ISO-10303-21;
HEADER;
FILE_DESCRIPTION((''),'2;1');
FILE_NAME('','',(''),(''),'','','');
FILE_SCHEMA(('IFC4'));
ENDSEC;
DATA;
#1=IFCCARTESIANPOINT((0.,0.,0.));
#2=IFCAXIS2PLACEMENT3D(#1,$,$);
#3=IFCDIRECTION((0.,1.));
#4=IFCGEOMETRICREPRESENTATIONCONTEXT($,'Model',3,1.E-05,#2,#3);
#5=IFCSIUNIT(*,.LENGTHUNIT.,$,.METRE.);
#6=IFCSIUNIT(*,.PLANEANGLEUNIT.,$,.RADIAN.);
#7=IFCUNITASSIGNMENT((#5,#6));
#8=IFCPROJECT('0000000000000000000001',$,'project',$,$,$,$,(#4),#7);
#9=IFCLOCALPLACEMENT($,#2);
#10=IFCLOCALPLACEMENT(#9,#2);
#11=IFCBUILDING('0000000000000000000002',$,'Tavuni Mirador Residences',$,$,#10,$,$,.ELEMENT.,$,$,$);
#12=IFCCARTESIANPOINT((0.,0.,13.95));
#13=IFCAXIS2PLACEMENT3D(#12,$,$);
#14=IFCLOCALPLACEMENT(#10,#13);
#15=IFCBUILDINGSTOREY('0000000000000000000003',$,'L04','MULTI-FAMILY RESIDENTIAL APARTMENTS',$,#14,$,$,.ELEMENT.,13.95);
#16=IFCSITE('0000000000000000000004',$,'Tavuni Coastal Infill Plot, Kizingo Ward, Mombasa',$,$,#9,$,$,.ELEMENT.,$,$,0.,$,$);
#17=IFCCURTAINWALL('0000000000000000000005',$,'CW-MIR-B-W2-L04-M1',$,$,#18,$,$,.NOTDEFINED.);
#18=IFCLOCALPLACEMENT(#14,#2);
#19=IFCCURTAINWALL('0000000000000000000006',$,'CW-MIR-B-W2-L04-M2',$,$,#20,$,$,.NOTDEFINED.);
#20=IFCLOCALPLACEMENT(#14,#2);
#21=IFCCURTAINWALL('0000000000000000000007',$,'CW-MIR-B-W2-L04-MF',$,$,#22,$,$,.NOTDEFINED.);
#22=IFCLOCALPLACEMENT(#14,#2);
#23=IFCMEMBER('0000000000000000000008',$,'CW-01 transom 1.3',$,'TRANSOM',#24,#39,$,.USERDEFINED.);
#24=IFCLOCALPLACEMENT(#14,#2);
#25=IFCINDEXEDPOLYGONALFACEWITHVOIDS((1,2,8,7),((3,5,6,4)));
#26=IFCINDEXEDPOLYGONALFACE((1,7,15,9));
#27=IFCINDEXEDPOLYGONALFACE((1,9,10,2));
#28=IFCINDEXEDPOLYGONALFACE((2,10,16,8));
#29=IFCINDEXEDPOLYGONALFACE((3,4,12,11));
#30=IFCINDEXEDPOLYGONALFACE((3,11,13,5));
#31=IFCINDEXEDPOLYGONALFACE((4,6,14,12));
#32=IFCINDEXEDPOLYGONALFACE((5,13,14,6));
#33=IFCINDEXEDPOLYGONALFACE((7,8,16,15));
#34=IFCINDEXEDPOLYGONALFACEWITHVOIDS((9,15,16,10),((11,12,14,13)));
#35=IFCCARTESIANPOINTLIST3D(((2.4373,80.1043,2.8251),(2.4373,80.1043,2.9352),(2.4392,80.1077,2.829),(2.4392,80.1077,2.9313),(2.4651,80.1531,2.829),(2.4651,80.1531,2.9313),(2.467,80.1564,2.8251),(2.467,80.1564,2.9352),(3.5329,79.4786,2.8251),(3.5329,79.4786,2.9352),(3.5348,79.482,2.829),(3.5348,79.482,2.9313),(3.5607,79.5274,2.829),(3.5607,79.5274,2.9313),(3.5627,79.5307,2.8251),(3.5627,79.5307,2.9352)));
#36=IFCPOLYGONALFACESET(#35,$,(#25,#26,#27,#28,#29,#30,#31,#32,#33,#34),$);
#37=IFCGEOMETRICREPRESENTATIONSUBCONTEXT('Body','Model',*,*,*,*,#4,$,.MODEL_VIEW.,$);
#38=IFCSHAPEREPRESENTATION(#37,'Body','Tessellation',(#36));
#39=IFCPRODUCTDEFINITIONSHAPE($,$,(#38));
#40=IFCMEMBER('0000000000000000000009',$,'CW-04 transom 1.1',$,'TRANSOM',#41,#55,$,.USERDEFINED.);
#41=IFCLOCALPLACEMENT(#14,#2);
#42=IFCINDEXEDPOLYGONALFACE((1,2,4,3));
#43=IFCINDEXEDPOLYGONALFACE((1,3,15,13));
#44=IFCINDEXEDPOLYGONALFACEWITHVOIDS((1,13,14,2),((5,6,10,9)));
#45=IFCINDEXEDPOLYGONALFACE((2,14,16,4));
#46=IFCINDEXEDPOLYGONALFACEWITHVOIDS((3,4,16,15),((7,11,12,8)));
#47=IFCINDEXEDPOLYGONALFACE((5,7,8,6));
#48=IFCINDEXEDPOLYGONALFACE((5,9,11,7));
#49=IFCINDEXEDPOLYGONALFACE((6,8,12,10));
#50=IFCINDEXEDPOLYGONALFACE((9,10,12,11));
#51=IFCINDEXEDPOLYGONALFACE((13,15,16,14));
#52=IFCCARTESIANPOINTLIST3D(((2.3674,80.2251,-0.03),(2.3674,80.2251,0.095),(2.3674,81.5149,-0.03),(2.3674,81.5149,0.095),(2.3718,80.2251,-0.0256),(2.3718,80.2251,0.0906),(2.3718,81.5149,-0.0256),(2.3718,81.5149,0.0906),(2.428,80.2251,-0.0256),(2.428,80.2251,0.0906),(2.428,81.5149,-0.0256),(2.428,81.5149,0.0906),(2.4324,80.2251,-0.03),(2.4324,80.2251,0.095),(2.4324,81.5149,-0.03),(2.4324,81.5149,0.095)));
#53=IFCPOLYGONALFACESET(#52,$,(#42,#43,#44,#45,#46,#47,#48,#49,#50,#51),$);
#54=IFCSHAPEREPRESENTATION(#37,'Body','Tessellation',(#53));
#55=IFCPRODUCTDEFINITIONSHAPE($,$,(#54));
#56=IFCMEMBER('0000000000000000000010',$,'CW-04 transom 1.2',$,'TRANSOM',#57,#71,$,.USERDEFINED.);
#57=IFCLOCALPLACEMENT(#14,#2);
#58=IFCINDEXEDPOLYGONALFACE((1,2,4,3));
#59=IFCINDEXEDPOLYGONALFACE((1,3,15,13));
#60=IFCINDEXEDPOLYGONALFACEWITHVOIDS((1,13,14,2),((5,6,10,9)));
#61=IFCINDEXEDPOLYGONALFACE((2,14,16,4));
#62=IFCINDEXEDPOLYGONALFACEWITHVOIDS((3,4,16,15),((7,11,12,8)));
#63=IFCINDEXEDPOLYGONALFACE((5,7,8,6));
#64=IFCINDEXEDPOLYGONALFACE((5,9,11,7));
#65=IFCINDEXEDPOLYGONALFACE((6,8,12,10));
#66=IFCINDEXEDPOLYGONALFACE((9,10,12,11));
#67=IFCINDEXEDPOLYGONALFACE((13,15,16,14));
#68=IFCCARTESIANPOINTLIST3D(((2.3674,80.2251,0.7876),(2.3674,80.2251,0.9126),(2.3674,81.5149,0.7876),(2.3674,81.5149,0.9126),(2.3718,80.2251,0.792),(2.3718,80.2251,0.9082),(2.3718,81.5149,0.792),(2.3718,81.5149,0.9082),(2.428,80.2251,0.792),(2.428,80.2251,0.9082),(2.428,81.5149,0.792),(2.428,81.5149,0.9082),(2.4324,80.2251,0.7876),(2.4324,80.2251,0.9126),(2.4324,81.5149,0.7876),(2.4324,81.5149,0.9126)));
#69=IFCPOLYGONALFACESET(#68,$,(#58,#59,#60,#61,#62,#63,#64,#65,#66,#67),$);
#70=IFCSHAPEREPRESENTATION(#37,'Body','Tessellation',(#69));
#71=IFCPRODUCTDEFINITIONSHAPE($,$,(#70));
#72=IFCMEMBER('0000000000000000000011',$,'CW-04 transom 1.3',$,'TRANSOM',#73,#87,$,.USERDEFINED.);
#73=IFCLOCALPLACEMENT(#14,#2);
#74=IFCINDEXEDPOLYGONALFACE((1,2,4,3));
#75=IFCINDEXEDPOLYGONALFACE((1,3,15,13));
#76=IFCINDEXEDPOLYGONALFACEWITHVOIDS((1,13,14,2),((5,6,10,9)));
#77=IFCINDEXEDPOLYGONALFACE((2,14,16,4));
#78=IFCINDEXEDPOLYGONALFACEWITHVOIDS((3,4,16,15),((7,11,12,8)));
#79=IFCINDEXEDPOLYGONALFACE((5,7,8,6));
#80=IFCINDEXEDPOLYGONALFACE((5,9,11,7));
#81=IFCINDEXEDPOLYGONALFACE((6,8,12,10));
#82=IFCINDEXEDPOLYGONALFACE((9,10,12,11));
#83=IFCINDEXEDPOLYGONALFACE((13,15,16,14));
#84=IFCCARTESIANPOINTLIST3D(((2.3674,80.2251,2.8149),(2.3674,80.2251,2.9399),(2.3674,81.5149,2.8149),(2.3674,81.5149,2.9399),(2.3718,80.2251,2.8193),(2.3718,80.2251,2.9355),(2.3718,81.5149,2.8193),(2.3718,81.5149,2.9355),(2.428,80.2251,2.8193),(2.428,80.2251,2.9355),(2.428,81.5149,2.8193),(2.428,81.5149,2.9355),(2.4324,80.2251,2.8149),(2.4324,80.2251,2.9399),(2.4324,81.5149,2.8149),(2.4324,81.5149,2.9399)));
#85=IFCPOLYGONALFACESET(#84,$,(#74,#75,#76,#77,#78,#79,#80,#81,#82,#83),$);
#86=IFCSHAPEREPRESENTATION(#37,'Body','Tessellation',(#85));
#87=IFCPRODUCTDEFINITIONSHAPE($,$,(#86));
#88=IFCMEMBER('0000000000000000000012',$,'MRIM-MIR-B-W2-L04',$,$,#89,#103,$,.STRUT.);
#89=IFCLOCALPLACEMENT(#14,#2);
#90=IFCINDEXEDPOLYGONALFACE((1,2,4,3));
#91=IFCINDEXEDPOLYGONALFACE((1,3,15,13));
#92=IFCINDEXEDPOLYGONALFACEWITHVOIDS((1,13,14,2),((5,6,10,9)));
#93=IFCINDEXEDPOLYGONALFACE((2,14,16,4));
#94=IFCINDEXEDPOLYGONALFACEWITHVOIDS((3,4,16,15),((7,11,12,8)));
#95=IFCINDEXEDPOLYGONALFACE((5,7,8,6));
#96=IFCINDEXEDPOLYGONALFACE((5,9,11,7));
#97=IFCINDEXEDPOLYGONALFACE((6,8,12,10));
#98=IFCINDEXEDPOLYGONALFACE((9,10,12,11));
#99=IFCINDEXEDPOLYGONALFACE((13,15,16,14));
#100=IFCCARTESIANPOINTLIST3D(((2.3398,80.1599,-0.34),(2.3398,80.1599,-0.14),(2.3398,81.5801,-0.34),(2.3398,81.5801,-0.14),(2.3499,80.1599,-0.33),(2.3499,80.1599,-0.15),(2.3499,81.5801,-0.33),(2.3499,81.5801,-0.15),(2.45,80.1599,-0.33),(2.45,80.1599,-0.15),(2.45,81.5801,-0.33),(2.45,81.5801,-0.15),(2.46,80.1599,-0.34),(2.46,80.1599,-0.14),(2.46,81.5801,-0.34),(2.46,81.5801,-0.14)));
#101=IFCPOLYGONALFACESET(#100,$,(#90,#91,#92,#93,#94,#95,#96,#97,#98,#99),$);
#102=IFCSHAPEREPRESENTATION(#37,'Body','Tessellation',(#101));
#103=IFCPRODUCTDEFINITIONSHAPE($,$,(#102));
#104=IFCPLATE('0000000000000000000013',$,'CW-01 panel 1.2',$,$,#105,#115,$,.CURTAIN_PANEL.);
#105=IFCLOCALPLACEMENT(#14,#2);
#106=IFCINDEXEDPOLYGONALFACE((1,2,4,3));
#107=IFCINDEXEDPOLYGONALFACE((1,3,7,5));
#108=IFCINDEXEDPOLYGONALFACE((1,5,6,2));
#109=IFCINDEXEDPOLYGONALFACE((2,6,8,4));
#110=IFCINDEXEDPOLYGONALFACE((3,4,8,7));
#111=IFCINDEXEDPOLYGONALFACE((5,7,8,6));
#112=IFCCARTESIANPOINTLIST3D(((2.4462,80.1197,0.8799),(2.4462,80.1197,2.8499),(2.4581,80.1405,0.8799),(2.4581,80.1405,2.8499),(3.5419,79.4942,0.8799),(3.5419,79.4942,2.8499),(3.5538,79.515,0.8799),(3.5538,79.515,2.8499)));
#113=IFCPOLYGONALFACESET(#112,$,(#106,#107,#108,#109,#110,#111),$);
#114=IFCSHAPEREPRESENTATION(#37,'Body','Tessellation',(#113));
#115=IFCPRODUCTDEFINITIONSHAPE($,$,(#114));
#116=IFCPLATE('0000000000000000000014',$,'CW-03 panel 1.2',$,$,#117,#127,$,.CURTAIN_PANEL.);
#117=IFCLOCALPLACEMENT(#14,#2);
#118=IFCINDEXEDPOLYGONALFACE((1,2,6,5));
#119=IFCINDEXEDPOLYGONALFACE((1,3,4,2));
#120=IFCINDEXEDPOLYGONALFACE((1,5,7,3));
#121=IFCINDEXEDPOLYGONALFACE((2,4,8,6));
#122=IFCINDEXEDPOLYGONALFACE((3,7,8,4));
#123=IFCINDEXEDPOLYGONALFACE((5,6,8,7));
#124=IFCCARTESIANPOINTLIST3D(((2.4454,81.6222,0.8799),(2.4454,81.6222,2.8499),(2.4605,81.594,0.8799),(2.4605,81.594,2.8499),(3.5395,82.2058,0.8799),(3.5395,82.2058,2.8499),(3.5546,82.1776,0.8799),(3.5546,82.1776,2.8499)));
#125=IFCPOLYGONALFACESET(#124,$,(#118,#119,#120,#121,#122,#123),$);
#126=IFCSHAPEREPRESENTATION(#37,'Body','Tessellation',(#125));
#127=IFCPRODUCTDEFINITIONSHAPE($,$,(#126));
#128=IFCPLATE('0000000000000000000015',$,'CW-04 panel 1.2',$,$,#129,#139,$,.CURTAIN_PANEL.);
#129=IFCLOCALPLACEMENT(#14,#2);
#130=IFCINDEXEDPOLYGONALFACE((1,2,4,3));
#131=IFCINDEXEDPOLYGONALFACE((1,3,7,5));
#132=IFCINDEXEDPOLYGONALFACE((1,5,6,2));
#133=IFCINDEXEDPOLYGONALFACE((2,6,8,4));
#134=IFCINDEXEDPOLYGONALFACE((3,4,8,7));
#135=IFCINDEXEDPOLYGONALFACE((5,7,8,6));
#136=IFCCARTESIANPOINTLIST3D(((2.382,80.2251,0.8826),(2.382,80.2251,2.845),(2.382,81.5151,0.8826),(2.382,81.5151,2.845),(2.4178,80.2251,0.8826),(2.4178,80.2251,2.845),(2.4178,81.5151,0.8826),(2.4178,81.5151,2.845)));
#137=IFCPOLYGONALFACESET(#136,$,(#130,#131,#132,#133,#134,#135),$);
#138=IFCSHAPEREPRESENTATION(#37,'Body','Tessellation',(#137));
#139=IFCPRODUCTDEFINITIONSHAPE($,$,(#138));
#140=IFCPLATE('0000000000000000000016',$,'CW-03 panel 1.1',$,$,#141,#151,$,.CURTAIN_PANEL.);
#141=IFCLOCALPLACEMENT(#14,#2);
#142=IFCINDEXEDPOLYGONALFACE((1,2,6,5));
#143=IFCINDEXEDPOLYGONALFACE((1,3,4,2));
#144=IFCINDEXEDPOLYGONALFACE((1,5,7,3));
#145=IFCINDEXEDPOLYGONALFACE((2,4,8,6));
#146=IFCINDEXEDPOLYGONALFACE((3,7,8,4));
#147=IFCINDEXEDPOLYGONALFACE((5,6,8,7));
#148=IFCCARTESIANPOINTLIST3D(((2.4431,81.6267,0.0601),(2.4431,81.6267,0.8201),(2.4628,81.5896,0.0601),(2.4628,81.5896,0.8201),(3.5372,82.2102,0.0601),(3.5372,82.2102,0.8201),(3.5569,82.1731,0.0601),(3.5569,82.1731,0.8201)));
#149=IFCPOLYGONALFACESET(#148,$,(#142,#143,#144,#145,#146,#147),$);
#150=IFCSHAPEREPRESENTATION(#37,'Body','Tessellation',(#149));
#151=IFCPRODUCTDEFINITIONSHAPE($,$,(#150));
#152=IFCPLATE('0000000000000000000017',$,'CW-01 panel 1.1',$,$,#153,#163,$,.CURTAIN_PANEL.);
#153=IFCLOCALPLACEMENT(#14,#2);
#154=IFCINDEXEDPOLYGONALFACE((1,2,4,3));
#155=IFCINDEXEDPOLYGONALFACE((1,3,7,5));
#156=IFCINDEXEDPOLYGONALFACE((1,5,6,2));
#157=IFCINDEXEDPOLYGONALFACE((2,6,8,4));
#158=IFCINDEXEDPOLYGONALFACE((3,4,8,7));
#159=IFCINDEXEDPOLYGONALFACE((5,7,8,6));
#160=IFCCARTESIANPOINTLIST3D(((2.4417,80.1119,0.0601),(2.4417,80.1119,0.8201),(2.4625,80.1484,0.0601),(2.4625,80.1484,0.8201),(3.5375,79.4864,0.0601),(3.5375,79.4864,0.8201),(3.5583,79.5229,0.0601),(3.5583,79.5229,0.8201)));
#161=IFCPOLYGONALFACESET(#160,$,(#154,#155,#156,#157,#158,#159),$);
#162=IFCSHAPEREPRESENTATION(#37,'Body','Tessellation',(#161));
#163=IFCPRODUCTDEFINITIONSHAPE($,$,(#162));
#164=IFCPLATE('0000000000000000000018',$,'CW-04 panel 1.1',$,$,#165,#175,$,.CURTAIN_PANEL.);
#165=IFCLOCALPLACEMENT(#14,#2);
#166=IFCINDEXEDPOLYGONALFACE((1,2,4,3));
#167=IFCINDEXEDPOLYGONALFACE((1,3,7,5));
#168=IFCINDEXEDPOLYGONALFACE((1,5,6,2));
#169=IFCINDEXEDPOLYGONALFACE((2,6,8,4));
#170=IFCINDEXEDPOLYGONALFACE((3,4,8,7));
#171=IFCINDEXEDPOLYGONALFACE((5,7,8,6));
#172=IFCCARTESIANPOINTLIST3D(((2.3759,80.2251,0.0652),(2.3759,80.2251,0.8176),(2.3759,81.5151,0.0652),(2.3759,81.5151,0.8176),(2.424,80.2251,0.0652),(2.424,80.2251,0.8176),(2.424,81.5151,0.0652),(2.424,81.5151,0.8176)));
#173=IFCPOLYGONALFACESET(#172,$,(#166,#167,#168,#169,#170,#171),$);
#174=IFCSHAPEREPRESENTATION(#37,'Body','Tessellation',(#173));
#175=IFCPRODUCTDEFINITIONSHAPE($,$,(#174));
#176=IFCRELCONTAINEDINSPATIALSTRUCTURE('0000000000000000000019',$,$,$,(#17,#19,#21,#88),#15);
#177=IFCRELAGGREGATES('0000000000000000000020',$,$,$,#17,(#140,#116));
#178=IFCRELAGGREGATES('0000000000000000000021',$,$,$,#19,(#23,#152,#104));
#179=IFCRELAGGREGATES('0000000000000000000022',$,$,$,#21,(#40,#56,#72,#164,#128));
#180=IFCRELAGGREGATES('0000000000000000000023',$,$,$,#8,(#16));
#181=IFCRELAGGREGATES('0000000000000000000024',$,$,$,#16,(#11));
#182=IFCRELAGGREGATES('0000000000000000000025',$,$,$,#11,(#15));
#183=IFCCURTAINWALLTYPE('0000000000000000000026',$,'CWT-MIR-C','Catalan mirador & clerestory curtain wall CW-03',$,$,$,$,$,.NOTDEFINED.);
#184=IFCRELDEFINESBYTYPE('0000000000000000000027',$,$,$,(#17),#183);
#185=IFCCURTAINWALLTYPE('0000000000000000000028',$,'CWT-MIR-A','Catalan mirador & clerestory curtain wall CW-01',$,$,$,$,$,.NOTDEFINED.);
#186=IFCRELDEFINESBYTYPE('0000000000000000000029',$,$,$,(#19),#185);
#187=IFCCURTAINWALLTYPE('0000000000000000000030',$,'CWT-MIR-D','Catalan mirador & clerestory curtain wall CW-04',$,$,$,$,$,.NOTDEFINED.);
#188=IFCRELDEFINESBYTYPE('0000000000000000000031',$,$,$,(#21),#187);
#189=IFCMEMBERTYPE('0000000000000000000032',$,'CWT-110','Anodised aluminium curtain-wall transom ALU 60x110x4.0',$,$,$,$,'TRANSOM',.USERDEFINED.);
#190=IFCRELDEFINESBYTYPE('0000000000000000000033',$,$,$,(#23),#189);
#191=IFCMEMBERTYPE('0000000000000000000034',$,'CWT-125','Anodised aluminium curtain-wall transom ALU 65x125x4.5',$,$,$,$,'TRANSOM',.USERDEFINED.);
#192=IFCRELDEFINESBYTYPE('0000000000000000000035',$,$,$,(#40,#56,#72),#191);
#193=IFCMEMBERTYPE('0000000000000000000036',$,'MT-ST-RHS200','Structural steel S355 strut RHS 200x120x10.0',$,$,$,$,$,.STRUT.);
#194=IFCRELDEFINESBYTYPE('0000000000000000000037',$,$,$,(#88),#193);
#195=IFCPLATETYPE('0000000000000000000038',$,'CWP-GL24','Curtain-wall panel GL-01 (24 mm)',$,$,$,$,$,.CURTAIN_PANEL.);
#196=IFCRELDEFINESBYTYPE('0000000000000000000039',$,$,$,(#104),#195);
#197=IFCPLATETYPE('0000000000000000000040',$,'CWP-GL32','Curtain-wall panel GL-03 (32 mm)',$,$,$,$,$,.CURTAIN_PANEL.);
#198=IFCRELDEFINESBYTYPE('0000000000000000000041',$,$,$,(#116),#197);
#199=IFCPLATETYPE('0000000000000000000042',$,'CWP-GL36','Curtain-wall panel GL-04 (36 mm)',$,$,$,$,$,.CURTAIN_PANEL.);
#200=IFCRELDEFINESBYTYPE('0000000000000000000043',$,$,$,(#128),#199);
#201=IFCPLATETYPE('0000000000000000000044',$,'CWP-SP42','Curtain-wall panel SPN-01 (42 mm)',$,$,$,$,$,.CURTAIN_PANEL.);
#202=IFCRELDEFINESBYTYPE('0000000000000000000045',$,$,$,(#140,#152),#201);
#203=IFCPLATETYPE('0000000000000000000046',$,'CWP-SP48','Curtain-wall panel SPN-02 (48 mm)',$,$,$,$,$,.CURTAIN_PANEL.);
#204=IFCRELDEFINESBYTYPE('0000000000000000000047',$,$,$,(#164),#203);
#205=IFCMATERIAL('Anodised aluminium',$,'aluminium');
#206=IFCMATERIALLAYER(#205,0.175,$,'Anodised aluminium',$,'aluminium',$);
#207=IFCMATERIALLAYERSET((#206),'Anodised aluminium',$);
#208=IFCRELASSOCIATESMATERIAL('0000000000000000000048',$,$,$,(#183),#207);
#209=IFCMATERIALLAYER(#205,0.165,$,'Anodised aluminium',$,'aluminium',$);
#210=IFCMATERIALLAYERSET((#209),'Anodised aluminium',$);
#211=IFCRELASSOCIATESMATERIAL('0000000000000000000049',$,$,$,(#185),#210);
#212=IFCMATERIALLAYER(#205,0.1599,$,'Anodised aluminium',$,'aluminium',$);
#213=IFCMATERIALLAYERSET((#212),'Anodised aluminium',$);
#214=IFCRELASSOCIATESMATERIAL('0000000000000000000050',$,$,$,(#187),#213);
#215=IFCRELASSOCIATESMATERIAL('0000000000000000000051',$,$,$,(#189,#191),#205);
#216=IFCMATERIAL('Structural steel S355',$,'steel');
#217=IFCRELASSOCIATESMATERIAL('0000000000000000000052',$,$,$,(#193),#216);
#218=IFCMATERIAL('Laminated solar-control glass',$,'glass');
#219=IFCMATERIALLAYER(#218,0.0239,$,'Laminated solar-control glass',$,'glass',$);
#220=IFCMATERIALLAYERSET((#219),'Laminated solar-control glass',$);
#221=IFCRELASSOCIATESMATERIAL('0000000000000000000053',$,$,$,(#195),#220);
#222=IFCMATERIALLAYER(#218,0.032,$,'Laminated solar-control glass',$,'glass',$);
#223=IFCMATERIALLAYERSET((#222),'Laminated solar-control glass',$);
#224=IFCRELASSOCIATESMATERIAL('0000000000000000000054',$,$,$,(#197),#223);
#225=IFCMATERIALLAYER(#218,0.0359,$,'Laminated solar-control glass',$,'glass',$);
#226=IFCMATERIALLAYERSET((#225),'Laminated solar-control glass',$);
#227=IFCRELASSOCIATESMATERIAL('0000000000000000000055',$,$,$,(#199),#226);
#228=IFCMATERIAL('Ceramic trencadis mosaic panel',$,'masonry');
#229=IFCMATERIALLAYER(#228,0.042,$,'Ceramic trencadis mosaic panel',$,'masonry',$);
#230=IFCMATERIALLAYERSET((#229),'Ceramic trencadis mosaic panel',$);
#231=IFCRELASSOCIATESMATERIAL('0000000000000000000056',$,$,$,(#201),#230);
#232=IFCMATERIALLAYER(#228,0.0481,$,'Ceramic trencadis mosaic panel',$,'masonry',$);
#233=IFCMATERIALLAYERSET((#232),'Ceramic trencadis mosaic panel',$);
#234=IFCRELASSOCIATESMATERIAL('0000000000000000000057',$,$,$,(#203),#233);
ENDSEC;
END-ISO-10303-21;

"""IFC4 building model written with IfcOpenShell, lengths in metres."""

from ifc_helpers import new_model, si_unit, direction, frame, origin, origin_2d, place, context, subcontext, project, spatial, rectangle, hollow_rectangle, extrude, material, layer, layer_set, material_profile, profile_set, type_object, element, aggregate, save


model = new_model("IFC4")

# Units and contexts
model_context = context("Model", 3, precision=1e-05, world=origin(), true_north=direction((0.0, 1.0)))
body_context = subcontext(model_context, "Body", "Model", "MODEL_VIEW")
ifc_project = project(units=[si_unit("LENGTHUNIT", "METRE"), si_unit("PLANEANGLEUNIT", "RADIAN")], contexts=[model_context])

# Site, building, storey
site_placement = place(None, origin())
site = spatial("IfcSite", under=ifc_project, at=site_placement, Name="Tavuni Coastal Infill Plot, Kizingo Ward, Mombasa", CompositionType="ELEMENT", RefElevation=0.0)
building_placement = place(site_placement, origin())
building = spatial("IfcBuilding", under=site, at=building_placement, Name="Tavuni Mirador Residences", CompositionType="ELEMENT")
storey_placement = place(building_placement, frame((0.0, 0.0, 13.95)))
storey = spatial("IfcBuildingStorey", under=building, at=storey_placement, Name="L04", Description="MULTI-FAMILY RESIDENTIAL APARTMENTS", CompositionType="ELEMENT", Elevation=13.95)

# Curtain wall
ifc_material_1 = material(Name="Anodised aluminium", Category="aluminium")
ifc_layer_1 = layer(ifc_material_1, 0.175, Name="Anodised aluminium", Category="aluminium")
ifc_layer_set_1 = layer_set([ifc_layer_1], Name="Anodised aluminium")
curtain_wall_type_1 = type_object("IfcCurtainWallType", Name="CWT-MIR-C", Description="Catalan mirador & clerestory curtain wall CW-03", PredefinedType="NOTDEFINED", material=ifc_layer_set_1)
curtain_wall_1_placement = place(storey_placement, origin())
curtain_wall_1 = element("IfcCurtainWall", 1, at=curtain_wall_1_placement, inside=storey, type_object=curtain_wall_type_1, Name="CW-MIR-B-W2-L04-M1", PredefinedType="NOTDEFINED")

# Curtain wall
ifc_layer_2 = layer(ifc_material_1, 0.165, Name="Anodised aluminium", Category="aluminium")
ifc_layer_set_2 = layer_set([ifc_layer_2], Name="Anodised aluminium")
curtain_wall_type_2 = type_object("IfcCurtainWallType", Name="CWT-MIR-A", Description="Catalan mirador & clerestory curtain wall CW-01", PredefinedType="NOTDEFINED", material=ifc_layer_set_2)
curtain_wall_2_placement = place(storey_placement, origin())
curtain_wall_2 = element("IfcCurtainWall", 2, at=curtain_wall_2_placement, inside=storey, type_object=curtain_wall_type_2, Name="CW-MIR-B-W2-L04-M2", PredefinedType="NOTDEFINED")

# Curtain wall
ifc_layer_3 = layer(ifc_material_1, 0.1599, Name="Anodised aluminium", Category="aluminium")
ifc_layer_set_3 = layer_set([ifc_layer_3], Name="Anodised aluminium")
curtain_wall_type_3 = type_object("IfcCurtainWallType", Name="CWT-MIR-D", Description="Catalan mirador & clerestory curtain wall CW-04", PredefinedType="NOTDEFINED", material=ifc_layer_set_3)
curtain_wall_3_placement = place(storey_placement, origin())
curtain_wall_3 = element("IfcCurtainWall", 3, at=curtain_wall_3_placement, inside=storey, type_object=curtain_wall_type_3, Name="CW-MIR-B-W2-L04-MF", PredefinedType="NOTDEFINED")

# Members
ifc_material_profile_1 = material_profile(ifc_material_1, hollow_rectangle(XDim=0.0601, YDim=0.1101, WallThickness=0.0039, at=origin_2d()), Name="ALU 60x110x4.0", Category="aluminium")
ifc_profile_set_1 = profile_set([ifc_material_profile_1], Name="Anodised aluminium")
member_type_1 = type_object("IfcMemberType", Name="CWT-110", Description="Anodised aluminium curtain-wall transom ALU 60x110x4.0", ElementType="TRANSOM", PredefinedType="USERDEFINED", material=ifc_profile_set_1)
member_1_placement = place(storey_placement, frame((2.4521, 80.1304, 2.8801), z_axis=(0.868374, -0.49591, 0.0), x_axis=(0.49591, 0.868374, 0.0)))
member_1 = element("IfcMember", 4, at=member_1_placement, type_object=member_type_1, Name="CW-01 transom 1.3", ObjectType="TRANSOM", PredefinedType="USERDEFINED", context=body_context, shape_type="SweptSolid", body=[
    extrude(hollow_rectangle(XDim=0.0601, YDim=0.1101, WallThickness=0.0039, at=origin_2d()), origin(), (0.0, 0.0, 1.0), 1.2617),
])
ifc_material_profile_2 = material_profile(ifc_material_1, hollow_rectangle(XDim=0.0649, YDim=0.125, WallThickness=0.0044, at=origin_2d()), Name="ALU 65x125x4.5", Category="aluminium")
ifc_profile_set_2 = profile_set([ifc_material_profile_2], Name="Anodised aluminium")
member_type_2 = type_object("IfcMemberType", Name="CWT-125", Description="Anodised aluminium curtain-wall transom ALU 65x125x4.5", ElementType="TRANSOM", PredefinedType="USERDEFINED", material=ifc_profile_set_2)
member_2_placement = place(storey_placement, frame((2.3999, 81.5149, 0.0325), z_axis=(0.0, -1.0, 0.0), x_axis=(1.0, 0.0, 0.0)))
member_2 = element("IfcMember", 5, at=member_2_placement, type_object=member_type_2, Name="CW-04 transom 1.1", ObjectType="TRANSOM", PredefinedType="USERDEFINED", context=body_context, shape_type="SweptSolid", body=[
    extrude(hollow_rectangle(XDim=0.0649, YDim=0.125, WallThickness=0.0044, at=origin_2d()), origin(), (0.0, 0.0, 1.0), 1.2898),
])
member_3_placement = place(storey_placement, frame((2.3999, 81.5149, 0.8501), z_axis=(0.0, -1.0, 0.0), x_axis=(1.0, 0.0, 0.0)))
member_3 = element("IfcMember", 6, at=member_3_placement, type_object=member_type_2, Name="CW-04 transom 1.2", ObjectType="TRANSOM", PredefinedType="USERDEFINED", context=body_context, shape_type="SweptSolid", body=[
    extrude(hollow_rectangle(XDim=0.0649, YDim=0.125, WallThickness=0.0044, at=origin_2d()), origin(), (0.0, 0.0, 1.0), 1.2898),
])
member_4_placement = place(storey_placement, frame((2.3999, 81.5149, 2.8774), z_axis=(0.0, -1.0, 0.0), x_axis=(1.0, 0.0, 0.0)))
member_4 = element("IfcMember", 7, at=member_4_placement, type_object=member_type_2, Name="CW-04 transom 1.3", ObjectType="TRANSOM", PredefinedType="USERDEFINED", context=body_context, shape_type="SweptSolid", body=[
    extrude(hollow_rectangle(XDim=0.0649, YDim=0.125, WallThickness=0.0044, at=origin_2d()), origin(), (0.0, 0.0, 1.0), 1.2898),
])
ifc_material_2 = material(Name="Structural steel S355", Category="steel")
ifc_material_profile_3 = material_profile(ifc_material_2, hollow_rectangle(XDim=0.1201, YDim=0.2, WallThickness=0.01, at=origin_2d()), Name="RHS 200x120x10.0", Category="steel")
ifc_profile_set_3 = profile_set([ifc_material_profile_3], Name="Structural steel S355")
member_type_3 = type_object("IfcMemberType", Name="MT-ST-RHS200", Description="Structural steel S355 strut RHS 200x120x10.0", PredefinedType="STRUT", material=ifc_profile_set_3)
member_5_placement = place(storey_placement, frame((2.3999, 80.1599, -0.24), z_axis=(0.0, 1.0, 0.0), x_axis=(-1.0, 0.0, 0.0)))
element("IfcMember", 8, at=member_5_placement, inside=storey, type_object=member_type_3, Name="MRIM-MIR-B-W2-L04", PredefinedType="STRUT", context=body_context, shape_type="SweptSolid", body=[
    extrude(hollow_rectangle(XDim=0.1201, YDim=0.2, WallThickness=0.01, at=origin_2d()), origin(), (0.0, 0.0, 1.0), 1.4202),
])

# Plates
ifc_material_3 = material(Name="Laminated solar-control glass", Category="glass")
ifc_layer_4 = layer(ifc_material_3, 0.0239, Name="Laminated solar-control glass", Category="glass")
ifc_layer_set_4 = layer_set([ifc_layer_4], Name="Laminated solar-control glass")
plate_type_1 = type_object("IfcPlateType", Name="CWP-GL24", Description="Curtain-wall panel GL-01 (24 mm)", PredefinedType="CURTAIN_PANEL", material=ifc_layer_set_4)
plate_1_placement = place(storey_placement, frame((3.0, 79.8174, 0.8799), z_axis=(0.0, 0.0, 1.0), x_axis=(0.868466, -0.495749, 0.0)))
plate_1 = element("IfcPlate", 9, at=plate_1_placement, type_object=plate_type_1, Name="CW-01 panel 1.2", PredefinedType="CURTAIN_PANEL", context=body_context, shape_type="SweptSolid", body=[
    extrude(rectangle(XDim=1.2617, YDim=0.0239, at=origin_2d()), origin(), (0.0, 0.0, 1.0), 1.97),
])
ifc_layer_5 = layer(ifc_material_3, 0.032, Name="Laminated solar-control glass", Category="glass")
ifc_layer_set_5 = layer_set([ifc_layer_5], Name="Laminated solar-control glass")
plate_type_2 = type_object("IfcPlateType", Name="CWP-GL32", Description="Curtain-wall panel GL-03 (32 mm)", PredefinedType="CURTAIN_PANEL", material=ifc_layer_set_5)
plate_2_placement = place(storey_placement, frame((3.0, 81.8999, 0.8799), z_axis=(0.0, 0.0, 1.0), x_axis=(-0.882353, -0.470588, 0.0)))
plate_2 = element("IfcPlate", 10, at=plate_2_placement, type_object=plate_type_2, Name="CW-03 panel 1.2", PredefinedType="CURTAIN_PANEL", context=body_context, shape_type="SweptSolid", body=[
    extrude(rectangle(XDim=1.24, YDim=0.032, at=origin_2d()), origin(), (0.0, 0.0, 1.0), 1.97),
])
ifc_layer_6 = layer(ifc_material_3, 0.0359, Name="Laminated solar-control glass", Category="glass")
ifc_layer_set_6 = layer_set([ifc_layer_6], Name="Laminated solar-control glass")
plate_type_3 = type_object("IfcPlateType", Name="CWP-GL36", Description="Curtain-wall panel GL-04 (36 mm)", PredefinedType="CURTAIN_PANEL", material=ifc_layer_set_6)
plate_3_placement = place(storey_placement, frame((2.3999, 80.8701, 0.8826), z_axis=(0.0, 0.0, 1.0), x_axis=(0.0, -1.0, 0.0)))
plate_3 = element("IfcPlate", 11, at=plate_3_placement, type_object=plate_type_3, Name="CW-04 panel 1.2", PredefinedType="CURTAIN_PANEL", context=body_context, shape_type="SweptSolid", body=[
    extrude(rectangle(XDim=1.29, YDim=0.0359, at=origin_2d()), origin(), (0.0, 0.0, 1.0), 1.9624),
])
ifc_material_4 = material(Name="Ceramic trencadis mosaic panel", Category="masonry")
ifc_layer_7 = layer(ifc_material_4, 0.042, Name="Ceramic trencadis mosaic panel", Category="masonry")
ifc_layer_set_7 = layer_set([ifc_layer_7], Name="Ceramic trencadis mosaic panel")
plate_type_4 = type_object("IfcPlateType", Name="CWP-SP42", Description="Curtain-wall panel SPN-01 (42 mm)", PredefinedType="CURTAIN_PANEL", material=ifc_layer_set_7)
plate_4_placement = place(storey_placement, frame((3.0, 81.8999, 0.0601), z_axis=(0.0, 0.0, 1.0), x_axis=(-0.882353, -0.470588, 0.0)))
plate_4 = element("IfcPlate", 12, at=plate_4_placement, type_object=plate_type_4, Name="CW-03 panel 1.1", PredefinedType="CURTAIN_PANEL", context=body_context, shape_type="SweptSolid", body=[
    extrude(rectangle(XDim=1.24, YDim=0.042, at=origin_2d()), origin(), (0.0, 0.0, 1.0), 0.76),
])
aggregate(curtain_wall_1, [plate_4, plate_2])
plate_5_placement = place(storey_placement, frame((3.0, 79.8174, 0.0601), z_axis=(0.0, 0.0, 1.0), x_axis=(0.868466, -0.495749, 0.0)))
plate_5 = element("IfcPlate", 13, at=plate_5_placement, type_object=plate_type_4, Name="CW-01 panel 1.1", PredefinedType="CURTAIN_PANEL", context=body_context, shape_type="SweptSolid", body=[
    extrude(rectangle(XDim=1.2617, YDim=0.042, at=origin_2d()), origin(), (0.0, 0.0, 1.0), 0.76),
])
aggregate(curtain_wall_2, [member_1, plate_5, plate_1])
ifc_layer_8 = layer(ifc_material_4, 0.0481, Name="Ceramic trencadis mosaic panel", Category="masonry")
ifc_layer_set_8 = layer_set([ifc_layer_8], Name="Ceramic trencadis mosaic panel")
plate_type_5 = type_object("IfcPlateType", Name="CWP-SP48", Description="Curtain-wall panel SPN-02 (48 mm)", PredefinedType="CURTAIN_PANEL", material=ifc_layer_set_8)
plate_6_placement = place(storey_placement, frame((2.3999, 80.8701, 0.0652), z_axis=(0.0, 0.0, 1.0), x_axis=(0.0, -1.0, 0.0)))
plate_6 = element("IfcPlate", 14, at=plate_6_placement, type_object=plate_type_5, Name="CW-04 panel 1.1", PredefinedType="CURTAIN_PANEL", context=body_context, shape_type="SweptSolid", body=[
    extrude(rectangle(XDim=1.29, YDim=0.0481, at=origin_2d()), origin(), (0.0, 0.0, 1.0), 0.7524),
])
aggregate(curtain_wall_3, [member_2, member_3, member_4, plate_6, plate_3])

save(model, "model.ifc")
